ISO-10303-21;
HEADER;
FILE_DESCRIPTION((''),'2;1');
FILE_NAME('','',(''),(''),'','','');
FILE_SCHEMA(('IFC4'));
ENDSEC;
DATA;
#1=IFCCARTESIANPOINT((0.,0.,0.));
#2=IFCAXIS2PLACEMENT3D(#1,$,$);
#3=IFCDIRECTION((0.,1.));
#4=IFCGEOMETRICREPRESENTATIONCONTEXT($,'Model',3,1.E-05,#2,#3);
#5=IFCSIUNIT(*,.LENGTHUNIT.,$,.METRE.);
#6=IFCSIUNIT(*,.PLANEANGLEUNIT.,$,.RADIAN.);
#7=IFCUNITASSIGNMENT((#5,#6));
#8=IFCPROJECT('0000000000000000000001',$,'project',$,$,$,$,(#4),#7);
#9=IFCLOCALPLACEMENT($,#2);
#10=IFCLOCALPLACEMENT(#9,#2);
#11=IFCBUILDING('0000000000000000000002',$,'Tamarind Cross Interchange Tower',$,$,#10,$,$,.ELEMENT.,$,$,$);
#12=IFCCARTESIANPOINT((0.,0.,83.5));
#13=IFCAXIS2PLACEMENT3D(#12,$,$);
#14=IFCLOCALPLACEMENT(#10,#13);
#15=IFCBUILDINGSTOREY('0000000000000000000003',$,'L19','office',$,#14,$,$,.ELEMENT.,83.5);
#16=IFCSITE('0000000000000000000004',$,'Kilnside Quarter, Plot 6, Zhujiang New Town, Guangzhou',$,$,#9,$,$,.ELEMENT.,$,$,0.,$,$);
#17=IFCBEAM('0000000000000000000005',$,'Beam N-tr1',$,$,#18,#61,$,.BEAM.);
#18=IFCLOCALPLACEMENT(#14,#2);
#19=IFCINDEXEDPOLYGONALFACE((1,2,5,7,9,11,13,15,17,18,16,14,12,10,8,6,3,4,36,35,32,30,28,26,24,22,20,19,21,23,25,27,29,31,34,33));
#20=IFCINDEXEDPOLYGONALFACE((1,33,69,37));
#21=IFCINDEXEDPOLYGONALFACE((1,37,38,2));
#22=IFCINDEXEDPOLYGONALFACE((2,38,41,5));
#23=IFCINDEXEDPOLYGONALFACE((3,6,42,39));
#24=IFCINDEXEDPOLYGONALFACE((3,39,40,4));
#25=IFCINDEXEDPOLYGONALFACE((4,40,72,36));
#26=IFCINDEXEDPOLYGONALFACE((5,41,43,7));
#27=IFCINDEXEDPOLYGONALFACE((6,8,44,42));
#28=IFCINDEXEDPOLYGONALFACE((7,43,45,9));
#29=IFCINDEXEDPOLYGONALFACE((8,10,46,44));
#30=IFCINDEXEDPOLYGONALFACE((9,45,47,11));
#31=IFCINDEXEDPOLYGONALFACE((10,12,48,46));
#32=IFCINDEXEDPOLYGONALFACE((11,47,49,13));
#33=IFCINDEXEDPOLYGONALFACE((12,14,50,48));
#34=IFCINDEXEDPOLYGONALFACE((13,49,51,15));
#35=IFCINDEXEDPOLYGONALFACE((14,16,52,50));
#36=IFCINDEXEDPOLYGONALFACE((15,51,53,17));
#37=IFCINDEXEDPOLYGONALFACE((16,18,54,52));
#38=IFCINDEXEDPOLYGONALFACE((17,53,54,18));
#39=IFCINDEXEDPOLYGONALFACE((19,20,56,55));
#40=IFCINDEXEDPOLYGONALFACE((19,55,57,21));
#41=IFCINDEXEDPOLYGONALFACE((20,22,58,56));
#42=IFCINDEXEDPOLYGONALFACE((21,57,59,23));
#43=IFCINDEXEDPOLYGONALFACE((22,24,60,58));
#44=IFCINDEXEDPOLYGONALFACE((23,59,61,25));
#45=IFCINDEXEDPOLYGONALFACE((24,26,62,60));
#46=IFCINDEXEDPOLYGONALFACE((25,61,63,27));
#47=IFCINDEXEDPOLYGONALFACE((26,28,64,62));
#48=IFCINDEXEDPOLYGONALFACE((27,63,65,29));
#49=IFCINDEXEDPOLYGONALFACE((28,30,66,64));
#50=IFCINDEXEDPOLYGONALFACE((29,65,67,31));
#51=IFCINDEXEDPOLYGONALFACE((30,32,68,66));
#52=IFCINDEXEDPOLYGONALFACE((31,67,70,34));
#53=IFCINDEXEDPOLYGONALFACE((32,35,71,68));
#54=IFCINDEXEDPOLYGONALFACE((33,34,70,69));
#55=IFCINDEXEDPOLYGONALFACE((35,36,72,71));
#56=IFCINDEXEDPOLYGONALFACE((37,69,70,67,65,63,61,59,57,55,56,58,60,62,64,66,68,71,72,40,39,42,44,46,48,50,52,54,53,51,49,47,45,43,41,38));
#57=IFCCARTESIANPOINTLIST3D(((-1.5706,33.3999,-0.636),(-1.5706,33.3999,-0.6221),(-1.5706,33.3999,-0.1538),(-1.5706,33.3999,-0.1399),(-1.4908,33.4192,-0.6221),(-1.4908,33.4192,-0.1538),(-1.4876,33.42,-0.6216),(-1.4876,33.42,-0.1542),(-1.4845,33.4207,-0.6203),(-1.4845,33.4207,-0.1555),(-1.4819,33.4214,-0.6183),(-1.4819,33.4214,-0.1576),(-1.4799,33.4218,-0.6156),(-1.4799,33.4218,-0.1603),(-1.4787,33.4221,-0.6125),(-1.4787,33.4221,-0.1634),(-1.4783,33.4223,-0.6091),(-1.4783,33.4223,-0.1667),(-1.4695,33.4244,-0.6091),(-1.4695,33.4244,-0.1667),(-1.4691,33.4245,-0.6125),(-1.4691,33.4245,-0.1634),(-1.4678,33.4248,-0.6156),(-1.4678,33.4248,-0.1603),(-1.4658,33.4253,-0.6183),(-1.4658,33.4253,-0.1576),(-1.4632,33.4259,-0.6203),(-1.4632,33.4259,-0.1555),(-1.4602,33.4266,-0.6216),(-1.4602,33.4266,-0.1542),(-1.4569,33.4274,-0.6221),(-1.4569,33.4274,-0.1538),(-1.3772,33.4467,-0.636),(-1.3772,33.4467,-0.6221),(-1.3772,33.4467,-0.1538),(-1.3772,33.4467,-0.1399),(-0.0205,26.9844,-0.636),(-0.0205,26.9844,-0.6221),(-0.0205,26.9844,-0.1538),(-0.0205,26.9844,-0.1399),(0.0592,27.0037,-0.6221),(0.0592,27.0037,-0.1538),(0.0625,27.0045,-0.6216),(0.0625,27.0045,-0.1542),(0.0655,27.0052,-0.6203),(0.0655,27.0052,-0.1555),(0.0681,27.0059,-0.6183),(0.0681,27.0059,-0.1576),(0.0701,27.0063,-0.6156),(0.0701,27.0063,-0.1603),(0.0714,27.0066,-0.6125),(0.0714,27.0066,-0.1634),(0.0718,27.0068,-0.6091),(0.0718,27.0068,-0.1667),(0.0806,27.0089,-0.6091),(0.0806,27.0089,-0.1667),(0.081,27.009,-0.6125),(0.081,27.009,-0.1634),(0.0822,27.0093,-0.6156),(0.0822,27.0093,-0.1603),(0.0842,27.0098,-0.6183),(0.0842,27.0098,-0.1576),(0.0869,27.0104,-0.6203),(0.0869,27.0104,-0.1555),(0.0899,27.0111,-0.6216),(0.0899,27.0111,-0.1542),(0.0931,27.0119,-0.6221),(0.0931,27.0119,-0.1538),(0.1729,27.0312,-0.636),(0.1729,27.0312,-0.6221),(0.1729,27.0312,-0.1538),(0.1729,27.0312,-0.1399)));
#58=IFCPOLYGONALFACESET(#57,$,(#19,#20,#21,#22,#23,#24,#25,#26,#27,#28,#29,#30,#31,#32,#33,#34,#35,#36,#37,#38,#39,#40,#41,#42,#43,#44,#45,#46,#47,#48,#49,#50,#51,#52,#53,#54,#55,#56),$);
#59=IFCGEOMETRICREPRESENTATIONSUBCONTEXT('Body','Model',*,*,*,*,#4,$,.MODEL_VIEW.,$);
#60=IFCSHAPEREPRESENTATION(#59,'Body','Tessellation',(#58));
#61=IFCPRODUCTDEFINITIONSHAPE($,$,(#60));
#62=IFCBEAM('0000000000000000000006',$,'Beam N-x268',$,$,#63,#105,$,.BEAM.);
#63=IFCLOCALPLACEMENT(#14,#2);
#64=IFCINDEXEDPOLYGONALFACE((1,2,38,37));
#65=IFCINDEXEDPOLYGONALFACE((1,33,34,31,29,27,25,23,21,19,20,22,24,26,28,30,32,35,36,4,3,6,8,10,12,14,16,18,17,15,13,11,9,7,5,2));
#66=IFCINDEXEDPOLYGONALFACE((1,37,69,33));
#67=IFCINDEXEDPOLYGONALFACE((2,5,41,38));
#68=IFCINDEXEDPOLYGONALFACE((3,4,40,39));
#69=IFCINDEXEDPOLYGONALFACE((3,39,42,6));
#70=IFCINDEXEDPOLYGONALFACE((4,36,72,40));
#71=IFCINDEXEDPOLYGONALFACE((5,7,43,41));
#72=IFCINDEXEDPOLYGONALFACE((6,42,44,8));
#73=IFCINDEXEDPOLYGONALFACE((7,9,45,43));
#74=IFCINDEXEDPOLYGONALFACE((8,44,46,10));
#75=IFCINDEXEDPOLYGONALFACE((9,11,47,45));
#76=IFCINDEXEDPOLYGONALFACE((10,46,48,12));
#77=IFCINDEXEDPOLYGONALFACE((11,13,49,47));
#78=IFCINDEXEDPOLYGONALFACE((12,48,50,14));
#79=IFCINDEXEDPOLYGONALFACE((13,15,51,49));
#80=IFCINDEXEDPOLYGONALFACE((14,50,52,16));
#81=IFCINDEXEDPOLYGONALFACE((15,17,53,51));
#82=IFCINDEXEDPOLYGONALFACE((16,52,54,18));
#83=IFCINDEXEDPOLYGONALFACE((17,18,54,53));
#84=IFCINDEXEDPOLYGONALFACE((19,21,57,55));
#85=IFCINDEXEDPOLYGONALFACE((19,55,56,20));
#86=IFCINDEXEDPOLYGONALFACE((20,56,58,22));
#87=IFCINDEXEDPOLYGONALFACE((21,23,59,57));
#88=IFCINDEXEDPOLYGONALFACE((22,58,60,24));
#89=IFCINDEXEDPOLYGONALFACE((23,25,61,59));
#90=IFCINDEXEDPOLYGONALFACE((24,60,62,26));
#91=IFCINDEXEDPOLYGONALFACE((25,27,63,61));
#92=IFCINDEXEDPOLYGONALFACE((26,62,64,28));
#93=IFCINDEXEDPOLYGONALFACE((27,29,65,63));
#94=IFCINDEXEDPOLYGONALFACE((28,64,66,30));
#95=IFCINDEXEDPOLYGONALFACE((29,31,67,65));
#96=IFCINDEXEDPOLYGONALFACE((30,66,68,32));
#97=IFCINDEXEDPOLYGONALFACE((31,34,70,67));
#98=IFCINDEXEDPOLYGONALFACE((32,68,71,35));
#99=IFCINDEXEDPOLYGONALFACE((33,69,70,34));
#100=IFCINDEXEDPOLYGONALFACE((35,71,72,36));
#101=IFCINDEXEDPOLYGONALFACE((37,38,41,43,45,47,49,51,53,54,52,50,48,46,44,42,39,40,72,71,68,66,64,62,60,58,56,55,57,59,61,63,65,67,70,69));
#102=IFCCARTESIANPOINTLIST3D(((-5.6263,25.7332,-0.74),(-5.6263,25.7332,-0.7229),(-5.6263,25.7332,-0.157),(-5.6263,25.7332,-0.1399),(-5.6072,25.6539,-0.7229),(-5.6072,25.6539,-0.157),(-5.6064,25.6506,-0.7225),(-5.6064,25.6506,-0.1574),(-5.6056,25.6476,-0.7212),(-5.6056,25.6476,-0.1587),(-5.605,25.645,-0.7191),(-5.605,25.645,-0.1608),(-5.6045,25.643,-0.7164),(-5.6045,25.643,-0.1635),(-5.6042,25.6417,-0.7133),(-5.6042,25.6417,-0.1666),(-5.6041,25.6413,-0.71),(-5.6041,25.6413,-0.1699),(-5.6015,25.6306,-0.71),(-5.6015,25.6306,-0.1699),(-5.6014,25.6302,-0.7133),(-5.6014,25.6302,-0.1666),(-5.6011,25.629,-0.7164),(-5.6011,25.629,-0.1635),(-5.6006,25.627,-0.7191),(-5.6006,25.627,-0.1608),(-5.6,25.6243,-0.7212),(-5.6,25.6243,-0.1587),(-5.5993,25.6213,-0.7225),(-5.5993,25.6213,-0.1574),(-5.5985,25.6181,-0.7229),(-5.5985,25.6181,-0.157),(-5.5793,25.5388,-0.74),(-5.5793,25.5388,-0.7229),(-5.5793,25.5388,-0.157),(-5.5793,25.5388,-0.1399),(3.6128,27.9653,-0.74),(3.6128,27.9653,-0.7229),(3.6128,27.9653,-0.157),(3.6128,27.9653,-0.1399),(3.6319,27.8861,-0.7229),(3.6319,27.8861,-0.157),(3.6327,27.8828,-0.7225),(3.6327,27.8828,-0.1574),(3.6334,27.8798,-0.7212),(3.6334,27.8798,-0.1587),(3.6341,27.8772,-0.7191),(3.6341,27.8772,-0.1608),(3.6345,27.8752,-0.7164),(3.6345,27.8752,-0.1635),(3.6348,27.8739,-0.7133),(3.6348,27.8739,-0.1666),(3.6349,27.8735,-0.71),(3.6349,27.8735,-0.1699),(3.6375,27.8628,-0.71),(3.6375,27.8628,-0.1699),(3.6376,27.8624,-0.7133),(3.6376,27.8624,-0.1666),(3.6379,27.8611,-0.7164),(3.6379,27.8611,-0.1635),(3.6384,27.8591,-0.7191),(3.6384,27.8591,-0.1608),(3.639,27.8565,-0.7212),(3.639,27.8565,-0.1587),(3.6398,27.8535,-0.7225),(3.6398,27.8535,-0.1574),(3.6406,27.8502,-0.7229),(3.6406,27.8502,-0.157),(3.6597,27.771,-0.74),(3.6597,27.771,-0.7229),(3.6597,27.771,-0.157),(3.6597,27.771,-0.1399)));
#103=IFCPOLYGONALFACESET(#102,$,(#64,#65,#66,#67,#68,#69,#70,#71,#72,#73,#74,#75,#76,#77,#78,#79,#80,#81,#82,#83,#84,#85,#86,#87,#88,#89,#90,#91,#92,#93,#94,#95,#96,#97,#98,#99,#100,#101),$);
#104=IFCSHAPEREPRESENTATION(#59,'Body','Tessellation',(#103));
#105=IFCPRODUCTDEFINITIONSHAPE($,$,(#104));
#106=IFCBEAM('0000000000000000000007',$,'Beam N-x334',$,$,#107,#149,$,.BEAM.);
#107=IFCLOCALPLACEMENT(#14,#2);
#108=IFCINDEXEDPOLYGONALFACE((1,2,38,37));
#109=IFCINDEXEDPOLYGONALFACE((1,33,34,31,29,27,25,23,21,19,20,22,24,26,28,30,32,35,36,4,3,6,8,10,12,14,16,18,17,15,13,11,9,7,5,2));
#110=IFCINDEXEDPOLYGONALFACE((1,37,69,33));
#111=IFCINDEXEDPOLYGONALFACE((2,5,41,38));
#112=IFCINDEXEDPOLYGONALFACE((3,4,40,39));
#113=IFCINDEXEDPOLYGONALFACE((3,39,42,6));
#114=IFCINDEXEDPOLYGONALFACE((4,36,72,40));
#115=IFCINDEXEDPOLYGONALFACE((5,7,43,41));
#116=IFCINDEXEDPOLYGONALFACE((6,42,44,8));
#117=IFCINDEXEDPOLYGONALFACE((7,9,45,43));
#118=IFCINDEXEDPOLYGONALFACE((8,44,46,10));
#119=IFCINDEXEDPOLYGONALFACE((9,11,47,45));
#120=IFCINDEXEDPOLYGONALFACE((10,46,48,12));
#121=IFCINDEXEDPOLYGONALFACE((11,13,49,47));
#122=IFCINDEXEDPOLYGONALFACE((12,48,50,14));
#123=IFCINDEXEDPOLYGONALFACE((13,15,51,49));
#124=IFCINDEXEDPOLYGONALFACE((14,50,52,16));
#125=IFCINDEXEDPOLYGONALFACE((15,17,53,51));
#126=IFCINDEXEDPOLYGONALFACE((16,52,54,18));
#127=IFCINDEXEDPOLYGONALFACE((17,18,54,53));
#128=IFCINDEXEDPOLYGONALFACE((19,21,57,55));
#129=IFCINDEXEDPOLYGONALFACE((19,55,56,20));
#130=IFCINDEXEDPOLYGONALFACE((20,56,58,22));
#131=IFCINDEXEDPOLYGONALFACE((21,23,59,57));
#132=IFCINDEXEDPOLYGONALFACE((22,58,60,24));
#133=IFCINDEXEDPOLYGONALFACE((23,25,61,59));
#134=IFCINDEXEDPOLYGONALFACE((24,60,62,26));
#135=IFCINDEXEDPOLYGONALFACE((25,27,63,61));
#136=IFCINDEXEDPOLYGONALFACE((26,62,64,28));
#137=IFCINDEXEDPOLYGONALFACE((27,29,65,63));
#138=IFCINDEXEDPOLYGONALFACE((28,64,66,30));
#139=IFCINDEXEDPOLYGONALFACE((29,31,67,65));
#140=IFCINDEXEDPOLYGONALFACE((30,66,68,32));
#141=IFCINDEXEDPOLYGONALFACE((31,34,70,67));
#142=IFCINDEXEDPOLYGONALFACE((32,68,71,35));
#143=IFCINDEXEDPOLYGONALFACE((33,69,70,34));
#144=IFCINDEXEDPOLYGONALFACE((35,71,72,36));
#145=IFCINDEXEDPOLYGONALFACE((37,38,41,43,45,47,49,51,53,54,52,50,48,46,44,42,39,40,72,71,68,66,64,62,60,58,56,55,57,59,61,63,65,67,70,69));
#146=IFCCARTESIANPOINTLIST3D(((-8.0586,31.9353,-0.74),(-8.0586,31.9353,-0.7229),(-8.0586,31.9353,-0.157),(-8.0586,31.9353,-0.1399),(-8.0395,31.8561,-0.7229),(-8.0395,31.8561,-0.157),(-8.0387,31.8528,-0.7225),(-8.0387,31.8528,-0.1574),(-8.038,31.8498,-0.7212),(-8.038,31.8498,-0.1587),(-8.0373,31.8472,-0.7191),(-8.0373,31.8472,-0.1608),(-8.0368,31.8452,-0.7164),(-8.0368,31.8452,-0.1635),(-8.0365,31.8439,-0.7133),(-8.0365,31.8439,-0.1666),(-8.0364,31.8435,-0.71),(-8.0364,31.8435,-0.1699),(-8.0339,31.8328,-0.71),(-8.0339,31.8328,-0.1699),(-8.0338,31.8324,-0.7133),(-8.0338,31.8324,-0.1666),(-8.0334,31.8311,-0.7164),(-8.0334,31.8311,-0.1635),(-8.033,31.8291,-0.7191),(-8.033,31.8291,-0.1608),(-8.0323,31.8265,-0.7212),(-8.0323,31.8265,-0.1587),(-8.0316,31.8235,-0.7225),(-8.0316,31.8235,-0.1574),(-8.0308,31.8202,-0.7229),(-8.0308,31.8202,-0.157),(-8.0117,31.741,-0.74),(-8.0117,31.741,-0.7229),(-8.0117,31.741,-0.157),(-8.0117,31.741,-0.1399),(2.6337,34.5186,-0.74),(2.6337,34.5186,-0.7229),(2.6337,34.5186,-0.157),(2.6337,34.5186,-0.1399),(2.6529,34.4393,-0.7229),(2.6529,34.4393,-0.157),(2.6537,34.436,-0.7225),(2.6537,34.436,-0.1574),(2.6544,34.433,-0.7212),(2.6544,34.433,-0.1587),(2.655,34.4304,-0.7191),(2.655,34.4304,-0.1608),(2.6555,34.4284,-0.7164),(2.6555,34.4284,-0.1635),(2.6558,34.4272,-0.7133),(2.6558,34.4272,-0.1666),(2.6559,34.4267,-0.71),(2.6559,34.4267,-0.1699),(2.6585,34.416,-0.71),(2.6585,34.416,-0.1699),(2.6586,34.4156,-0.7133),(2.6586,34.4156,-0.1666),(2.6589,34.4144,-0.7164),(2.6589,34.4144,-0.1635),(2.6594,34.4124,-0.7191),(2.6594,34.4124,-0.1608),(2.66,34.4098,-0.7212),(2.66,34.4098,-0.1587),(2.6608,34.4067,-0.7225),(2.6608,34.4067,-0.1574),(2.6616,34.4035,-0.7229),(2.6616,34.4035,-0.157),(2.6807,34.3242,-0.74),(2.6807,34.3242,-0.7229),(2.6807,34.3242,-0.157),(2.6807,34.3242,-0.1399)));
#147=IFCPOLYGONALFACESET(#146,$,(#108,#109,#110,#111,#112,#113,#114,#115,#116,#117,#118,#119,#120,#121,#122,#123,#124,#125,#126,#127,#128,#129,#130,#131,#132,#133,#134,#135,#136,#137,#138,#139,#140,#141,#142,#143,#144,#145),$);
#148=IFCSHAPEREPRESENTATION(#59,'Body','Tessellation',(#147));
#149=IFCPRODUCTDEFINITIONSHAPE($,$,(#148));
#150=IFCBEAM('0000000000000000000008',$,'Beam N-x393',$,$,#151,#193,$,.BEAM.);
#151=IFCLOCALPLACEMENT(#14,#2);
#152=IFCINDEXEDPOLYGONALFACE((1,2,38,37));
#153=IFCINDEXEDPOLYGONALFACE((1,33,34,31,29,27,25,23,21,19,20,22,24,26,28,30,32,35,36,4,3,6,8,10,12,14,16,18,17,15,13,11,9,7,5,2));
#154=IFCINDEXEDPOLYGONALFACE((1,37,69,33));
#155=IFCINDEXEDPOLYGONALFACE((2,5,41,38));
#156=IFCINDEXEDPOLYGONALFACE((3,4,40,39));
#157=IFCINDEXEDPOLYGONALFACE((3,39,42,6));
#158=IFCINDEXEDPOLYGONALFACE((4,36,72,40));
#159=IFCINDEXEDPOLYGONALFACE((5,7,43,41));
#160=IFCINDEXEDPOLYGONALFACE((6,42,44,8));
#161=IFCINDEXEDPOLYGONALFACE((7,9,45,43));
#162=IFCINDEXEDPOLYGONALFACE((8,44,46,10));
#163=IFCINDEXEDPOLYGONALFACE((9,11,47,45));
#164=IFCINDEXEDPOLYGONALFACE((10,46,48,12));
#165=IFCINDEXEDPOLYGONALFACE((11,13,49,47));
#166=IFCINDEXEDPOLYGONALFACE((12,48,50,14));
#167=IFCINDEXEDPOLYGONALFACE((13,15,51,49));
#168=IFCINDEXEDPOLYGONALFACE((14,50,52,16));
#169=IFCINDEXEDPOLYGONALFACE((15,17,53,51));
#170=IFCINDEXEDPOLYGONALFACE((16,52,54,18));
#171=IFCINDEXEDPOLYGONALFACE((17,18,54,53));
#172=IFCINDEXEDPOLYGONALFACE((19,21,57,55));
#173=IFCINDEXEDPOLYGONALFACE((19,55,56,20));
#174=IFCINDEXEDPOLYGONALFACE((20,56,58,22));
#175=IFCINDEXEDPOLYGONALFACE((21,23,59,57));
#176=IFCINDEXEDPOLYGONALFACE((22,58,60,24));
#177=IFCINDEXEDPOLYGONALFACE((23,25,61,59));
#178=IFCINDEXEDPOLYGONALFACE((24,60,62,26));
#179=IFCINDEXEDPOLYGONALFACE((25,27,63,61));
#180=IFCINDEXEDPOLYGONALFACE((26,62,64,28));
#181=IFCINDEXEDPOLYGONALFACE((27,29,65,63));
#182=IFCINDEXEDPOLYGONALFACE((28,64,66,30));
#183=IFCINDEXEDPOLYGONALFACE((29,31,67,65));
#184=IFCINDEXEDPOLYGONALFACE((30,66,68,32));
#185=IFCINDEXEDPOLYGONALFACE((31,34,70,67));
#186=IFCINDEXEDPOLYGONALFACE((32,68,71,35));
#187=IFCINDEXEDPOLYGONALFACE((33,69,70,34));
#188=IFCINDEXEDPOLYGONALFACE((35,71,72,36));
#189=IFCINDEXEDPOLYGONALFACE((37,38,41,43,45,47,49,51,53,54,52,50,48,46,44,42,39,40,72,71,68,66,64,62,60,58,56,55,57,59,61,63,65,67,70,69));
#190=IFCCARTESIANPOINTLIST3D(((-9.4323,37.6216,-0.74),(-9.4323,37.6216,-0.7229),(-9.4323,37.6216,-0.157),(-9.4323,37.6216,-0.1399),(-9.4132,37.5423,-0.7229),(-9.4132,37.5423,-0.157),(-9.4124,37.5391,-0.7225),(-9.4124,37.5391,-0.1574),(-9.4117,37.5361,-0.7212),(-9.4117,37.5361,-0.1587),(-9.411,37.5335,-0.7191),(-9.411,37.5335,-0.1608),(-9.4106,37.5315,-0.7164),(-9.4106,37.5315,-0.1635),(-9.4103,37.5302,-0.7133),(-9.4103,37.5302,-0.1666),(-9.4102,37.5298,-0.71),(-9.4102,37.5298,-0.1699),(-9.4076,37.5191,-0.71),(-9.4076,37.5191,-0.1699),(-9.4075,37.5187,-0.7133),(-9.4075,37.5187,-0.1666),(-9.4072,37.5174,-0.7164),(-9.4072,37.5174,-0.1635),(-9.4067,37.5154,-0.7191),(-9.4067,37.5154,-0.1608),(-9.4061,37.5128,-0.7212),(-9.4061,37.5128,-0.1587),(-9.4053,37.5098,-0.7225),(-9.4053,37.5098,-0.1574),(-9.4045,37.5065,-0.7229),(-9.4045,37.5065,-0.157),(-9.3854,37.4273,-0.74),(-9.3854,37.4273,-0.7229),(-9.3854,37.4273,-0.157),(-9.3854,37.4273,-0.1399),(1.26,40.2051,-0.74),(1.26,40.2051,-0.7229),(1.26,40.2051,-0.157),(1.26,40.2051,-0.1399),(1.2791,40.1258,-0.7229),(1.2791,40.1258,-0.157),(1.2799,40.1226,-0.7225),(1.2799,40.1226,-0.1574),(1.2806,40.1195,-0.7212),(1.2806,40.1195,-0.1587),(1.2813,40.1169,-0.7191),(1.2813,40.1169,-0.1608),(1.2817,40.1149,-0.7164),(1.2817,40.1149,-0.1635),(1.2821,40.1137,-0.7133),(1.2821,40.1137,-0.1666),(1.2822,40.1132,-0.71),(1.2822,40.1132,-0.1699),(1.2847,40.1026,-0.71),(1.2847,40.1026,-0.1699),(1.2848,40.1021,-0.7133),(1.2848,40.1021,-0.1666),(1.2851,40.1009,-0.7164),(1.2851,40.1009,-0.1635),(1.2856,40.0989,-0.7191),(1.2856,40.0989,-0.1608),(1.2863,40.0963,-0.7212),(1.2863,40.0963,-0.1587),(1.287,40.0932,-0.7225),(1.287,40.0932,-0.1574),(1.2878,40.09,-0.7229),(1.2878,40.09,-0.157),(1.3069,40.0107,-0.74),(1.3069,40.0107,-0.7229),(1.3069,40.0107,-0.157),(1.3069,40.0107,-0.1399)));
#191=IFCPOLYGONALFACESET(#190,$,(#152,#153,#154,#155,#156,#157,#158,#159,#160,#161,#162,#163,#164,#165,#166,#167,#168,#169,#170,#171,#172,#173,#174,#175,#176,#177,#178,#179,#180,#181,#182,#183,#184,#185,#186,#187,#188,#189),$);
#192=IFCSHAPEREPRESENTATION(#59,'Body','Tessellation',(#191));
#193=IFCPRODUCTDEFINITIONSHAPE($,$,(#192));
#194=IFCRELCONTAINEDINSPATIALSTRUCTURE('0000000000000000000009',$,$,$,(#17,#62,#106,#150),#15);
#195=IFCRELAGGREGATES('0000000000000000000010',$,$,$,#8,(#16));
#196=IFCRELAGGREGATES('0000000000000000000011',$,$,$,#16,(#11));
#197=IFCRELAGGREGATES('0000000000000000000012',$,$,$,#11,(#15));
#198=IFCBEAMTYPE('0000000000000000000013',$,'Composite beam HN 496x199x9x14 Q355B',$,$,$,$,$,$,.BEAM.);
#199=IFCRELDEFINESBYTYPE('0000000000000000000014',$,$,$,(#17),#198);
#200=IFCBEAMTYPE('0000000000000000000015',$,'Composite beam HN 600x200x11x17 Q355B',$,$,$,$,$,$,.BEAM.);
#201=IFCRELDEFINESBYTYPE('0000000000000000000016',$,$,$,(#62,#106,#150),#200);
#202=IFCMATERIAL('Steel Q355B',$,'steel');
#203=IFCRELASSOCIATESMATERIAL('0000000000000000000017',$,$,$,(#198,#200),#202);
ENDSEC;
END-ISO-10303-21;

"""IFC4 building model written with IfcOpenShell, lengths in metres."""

from ifc_helpers import new_model, si_unit, direction, frame, origin, origin_2d, place, context, subcontext, project, spatial, i_section, extrude, material, material_profile, profile_set, type_object, element, save


model = new_model("IFC4")

# Units and contexts
model_context = context("Model", 3, precision=1e-05, world=origin(), true_north=direction((0.0, 1.0)))
body_context = subcontext(model_context, "Body", "Model", "MODEL_VIEW")
ifc_project = project(units=[si_unit("LENGTHUNIT", "METRE"), si_unit("PLANEANGLEUNIT", "RADIAN")], contexts=[model_context])

# Site, building, storey
site_placement = place(None, origin())
site = spatial("IfcSite", under=ifc_project, at=site_placement, Name="Kilnside Quarter, Plot 6, Zhujiang New Town, Guangzhou", CompositionType="ELEMENT", RefElevation=0.0)
building_placement = place(site_placement, origin())
building = spatial("IfcBuilding", under=site, at=building_placement, Name="Tamarind Cross Interchange Tower", CompositionType="ELEMENT")
storey_placement = place(building_placement, frame((0.0, 0.0, 83.5)))
storey = spatial("IfcBuildingStorey", under=building, at=storey_placement, Name="L19", Description="office", CompositionType="ELEMENT", Elevation=83.5)

# Beams
ifc_material_1 = material(Name="Steel Q355B", Category="steel")
ifc_material_profile_1 = material_profile(ifc_material_1, i_section(OverallWidth=0.199, OverallDepth=0.4961, WebThickness=0.009, FlangeThickness=0.0139, FilletRadius=0.0129, at=origin_2d()), Name="HN 496x199x9x14")
ifc_profile_set_1 = profile_set([ifc_material_profile_1], Name="Steel Q355B")
beam_type_1 = type_object("IfcBeamType", Name="Composite beam HN 496x199x9x14 Q355B", PredefinedType="BEAM", material=ifc_profile_set_1)
beam_1_placement = place(storey_placement, frame((0.0762, 27.0078, -0.3879), z_axis=(-0.234851, 0.972031, 0.0), x_axis=(-0.972031, -0.234851, 0.0)))
element("IfcBeam", 1, at=beam_1_placement, inside=storey, type_object=beam_type_1, Name="Beam N-tr1", PredefinedType="BEAM", context=body_context, shape_type="SweptSolid", body=[
    extrude(i_section(OverallWidth=0.199, OverallDepth=0.4961, WebThickness=0.009, FlangeThickness=0.0139, FilletRadius=0.0129, at=origin_2d()), origin(), (0.0, 0.0, 1.0), 6.6001),
])
ifc_material_profile_2 = material_profile(ifc_material_1, i_section(OverallWidth=0.2, OverallDepth=0.6001, WebThickness=0.011, FlangeThickness=0.0171, FilletRadius=0.0129, at=origin_2d()), Name="HN 600x200x11x17")
ifc_profile_set_2 = profile_set([ifc_material_profile_2], Name="Steel Q355B")
beam_type_2 = type_object("IfcBeamType", Name="Composite beam HN 600x200x11x17 Q355B", PredefinedType="BEAM", material=ifc_profile_set_2)
beam_2_placement = place(storey_placement, frame((3.6362, 27.8682, -0.4399), z_axis=(-0.972032, -0.234846, 0.0), x_axis=(0.234846, -0.972032, 0.0)))
element("IfcBeam", 2, at=beam_2_placement, inside=storey, type_object=beam_type_2, Name="Beam N-x268", PredefinedType="BEAM", context=body_context, shape_type="SweptSolid", body=[
    extrude(i_section(OverallWidth=0.2, OverallDepth=0.6001, WebThickness=0.011, FlangeThickness=0.0171, FilletRadius=0.0129, at=origin_2d()), origin(), (0.0, 0.0, 1.0), 9.5049),
])
for number, where, z_axis, x_axis, name in (
    (3, (2.6572, 34.4214, -0.4399), (-0.972034, -0.234841, 0.0), (0.234841, -0.972034, 0.0), "Beam N-x334"),
    (4, (1.2834, 40.1079, -0.4399), (-0.972029, -0.234862, 0.0), (0.234862, -0.972029, 0.0), "Beam N-x393"),
):
    element("IfcBeam", number, at=place(storey_placement, frame(where, z_axis=z_axis, x_axis=x_axis)), inside=storey, type_object=beam_type_2, Name=name, PredefinedType="BEAM", context=body_context, shape_type="SweptSolid", body=[
        extrude(i_section(OverallWidth=0.2, OverallDepth=0.6001, WebThickness=0.011, FlangeThickness=0.0171, FilletRadius=0.0129, at=origin_2d()), origin(), (0.0, 0.0, 1.0), 11.0),
    ])

save(model, "model.ifc")
